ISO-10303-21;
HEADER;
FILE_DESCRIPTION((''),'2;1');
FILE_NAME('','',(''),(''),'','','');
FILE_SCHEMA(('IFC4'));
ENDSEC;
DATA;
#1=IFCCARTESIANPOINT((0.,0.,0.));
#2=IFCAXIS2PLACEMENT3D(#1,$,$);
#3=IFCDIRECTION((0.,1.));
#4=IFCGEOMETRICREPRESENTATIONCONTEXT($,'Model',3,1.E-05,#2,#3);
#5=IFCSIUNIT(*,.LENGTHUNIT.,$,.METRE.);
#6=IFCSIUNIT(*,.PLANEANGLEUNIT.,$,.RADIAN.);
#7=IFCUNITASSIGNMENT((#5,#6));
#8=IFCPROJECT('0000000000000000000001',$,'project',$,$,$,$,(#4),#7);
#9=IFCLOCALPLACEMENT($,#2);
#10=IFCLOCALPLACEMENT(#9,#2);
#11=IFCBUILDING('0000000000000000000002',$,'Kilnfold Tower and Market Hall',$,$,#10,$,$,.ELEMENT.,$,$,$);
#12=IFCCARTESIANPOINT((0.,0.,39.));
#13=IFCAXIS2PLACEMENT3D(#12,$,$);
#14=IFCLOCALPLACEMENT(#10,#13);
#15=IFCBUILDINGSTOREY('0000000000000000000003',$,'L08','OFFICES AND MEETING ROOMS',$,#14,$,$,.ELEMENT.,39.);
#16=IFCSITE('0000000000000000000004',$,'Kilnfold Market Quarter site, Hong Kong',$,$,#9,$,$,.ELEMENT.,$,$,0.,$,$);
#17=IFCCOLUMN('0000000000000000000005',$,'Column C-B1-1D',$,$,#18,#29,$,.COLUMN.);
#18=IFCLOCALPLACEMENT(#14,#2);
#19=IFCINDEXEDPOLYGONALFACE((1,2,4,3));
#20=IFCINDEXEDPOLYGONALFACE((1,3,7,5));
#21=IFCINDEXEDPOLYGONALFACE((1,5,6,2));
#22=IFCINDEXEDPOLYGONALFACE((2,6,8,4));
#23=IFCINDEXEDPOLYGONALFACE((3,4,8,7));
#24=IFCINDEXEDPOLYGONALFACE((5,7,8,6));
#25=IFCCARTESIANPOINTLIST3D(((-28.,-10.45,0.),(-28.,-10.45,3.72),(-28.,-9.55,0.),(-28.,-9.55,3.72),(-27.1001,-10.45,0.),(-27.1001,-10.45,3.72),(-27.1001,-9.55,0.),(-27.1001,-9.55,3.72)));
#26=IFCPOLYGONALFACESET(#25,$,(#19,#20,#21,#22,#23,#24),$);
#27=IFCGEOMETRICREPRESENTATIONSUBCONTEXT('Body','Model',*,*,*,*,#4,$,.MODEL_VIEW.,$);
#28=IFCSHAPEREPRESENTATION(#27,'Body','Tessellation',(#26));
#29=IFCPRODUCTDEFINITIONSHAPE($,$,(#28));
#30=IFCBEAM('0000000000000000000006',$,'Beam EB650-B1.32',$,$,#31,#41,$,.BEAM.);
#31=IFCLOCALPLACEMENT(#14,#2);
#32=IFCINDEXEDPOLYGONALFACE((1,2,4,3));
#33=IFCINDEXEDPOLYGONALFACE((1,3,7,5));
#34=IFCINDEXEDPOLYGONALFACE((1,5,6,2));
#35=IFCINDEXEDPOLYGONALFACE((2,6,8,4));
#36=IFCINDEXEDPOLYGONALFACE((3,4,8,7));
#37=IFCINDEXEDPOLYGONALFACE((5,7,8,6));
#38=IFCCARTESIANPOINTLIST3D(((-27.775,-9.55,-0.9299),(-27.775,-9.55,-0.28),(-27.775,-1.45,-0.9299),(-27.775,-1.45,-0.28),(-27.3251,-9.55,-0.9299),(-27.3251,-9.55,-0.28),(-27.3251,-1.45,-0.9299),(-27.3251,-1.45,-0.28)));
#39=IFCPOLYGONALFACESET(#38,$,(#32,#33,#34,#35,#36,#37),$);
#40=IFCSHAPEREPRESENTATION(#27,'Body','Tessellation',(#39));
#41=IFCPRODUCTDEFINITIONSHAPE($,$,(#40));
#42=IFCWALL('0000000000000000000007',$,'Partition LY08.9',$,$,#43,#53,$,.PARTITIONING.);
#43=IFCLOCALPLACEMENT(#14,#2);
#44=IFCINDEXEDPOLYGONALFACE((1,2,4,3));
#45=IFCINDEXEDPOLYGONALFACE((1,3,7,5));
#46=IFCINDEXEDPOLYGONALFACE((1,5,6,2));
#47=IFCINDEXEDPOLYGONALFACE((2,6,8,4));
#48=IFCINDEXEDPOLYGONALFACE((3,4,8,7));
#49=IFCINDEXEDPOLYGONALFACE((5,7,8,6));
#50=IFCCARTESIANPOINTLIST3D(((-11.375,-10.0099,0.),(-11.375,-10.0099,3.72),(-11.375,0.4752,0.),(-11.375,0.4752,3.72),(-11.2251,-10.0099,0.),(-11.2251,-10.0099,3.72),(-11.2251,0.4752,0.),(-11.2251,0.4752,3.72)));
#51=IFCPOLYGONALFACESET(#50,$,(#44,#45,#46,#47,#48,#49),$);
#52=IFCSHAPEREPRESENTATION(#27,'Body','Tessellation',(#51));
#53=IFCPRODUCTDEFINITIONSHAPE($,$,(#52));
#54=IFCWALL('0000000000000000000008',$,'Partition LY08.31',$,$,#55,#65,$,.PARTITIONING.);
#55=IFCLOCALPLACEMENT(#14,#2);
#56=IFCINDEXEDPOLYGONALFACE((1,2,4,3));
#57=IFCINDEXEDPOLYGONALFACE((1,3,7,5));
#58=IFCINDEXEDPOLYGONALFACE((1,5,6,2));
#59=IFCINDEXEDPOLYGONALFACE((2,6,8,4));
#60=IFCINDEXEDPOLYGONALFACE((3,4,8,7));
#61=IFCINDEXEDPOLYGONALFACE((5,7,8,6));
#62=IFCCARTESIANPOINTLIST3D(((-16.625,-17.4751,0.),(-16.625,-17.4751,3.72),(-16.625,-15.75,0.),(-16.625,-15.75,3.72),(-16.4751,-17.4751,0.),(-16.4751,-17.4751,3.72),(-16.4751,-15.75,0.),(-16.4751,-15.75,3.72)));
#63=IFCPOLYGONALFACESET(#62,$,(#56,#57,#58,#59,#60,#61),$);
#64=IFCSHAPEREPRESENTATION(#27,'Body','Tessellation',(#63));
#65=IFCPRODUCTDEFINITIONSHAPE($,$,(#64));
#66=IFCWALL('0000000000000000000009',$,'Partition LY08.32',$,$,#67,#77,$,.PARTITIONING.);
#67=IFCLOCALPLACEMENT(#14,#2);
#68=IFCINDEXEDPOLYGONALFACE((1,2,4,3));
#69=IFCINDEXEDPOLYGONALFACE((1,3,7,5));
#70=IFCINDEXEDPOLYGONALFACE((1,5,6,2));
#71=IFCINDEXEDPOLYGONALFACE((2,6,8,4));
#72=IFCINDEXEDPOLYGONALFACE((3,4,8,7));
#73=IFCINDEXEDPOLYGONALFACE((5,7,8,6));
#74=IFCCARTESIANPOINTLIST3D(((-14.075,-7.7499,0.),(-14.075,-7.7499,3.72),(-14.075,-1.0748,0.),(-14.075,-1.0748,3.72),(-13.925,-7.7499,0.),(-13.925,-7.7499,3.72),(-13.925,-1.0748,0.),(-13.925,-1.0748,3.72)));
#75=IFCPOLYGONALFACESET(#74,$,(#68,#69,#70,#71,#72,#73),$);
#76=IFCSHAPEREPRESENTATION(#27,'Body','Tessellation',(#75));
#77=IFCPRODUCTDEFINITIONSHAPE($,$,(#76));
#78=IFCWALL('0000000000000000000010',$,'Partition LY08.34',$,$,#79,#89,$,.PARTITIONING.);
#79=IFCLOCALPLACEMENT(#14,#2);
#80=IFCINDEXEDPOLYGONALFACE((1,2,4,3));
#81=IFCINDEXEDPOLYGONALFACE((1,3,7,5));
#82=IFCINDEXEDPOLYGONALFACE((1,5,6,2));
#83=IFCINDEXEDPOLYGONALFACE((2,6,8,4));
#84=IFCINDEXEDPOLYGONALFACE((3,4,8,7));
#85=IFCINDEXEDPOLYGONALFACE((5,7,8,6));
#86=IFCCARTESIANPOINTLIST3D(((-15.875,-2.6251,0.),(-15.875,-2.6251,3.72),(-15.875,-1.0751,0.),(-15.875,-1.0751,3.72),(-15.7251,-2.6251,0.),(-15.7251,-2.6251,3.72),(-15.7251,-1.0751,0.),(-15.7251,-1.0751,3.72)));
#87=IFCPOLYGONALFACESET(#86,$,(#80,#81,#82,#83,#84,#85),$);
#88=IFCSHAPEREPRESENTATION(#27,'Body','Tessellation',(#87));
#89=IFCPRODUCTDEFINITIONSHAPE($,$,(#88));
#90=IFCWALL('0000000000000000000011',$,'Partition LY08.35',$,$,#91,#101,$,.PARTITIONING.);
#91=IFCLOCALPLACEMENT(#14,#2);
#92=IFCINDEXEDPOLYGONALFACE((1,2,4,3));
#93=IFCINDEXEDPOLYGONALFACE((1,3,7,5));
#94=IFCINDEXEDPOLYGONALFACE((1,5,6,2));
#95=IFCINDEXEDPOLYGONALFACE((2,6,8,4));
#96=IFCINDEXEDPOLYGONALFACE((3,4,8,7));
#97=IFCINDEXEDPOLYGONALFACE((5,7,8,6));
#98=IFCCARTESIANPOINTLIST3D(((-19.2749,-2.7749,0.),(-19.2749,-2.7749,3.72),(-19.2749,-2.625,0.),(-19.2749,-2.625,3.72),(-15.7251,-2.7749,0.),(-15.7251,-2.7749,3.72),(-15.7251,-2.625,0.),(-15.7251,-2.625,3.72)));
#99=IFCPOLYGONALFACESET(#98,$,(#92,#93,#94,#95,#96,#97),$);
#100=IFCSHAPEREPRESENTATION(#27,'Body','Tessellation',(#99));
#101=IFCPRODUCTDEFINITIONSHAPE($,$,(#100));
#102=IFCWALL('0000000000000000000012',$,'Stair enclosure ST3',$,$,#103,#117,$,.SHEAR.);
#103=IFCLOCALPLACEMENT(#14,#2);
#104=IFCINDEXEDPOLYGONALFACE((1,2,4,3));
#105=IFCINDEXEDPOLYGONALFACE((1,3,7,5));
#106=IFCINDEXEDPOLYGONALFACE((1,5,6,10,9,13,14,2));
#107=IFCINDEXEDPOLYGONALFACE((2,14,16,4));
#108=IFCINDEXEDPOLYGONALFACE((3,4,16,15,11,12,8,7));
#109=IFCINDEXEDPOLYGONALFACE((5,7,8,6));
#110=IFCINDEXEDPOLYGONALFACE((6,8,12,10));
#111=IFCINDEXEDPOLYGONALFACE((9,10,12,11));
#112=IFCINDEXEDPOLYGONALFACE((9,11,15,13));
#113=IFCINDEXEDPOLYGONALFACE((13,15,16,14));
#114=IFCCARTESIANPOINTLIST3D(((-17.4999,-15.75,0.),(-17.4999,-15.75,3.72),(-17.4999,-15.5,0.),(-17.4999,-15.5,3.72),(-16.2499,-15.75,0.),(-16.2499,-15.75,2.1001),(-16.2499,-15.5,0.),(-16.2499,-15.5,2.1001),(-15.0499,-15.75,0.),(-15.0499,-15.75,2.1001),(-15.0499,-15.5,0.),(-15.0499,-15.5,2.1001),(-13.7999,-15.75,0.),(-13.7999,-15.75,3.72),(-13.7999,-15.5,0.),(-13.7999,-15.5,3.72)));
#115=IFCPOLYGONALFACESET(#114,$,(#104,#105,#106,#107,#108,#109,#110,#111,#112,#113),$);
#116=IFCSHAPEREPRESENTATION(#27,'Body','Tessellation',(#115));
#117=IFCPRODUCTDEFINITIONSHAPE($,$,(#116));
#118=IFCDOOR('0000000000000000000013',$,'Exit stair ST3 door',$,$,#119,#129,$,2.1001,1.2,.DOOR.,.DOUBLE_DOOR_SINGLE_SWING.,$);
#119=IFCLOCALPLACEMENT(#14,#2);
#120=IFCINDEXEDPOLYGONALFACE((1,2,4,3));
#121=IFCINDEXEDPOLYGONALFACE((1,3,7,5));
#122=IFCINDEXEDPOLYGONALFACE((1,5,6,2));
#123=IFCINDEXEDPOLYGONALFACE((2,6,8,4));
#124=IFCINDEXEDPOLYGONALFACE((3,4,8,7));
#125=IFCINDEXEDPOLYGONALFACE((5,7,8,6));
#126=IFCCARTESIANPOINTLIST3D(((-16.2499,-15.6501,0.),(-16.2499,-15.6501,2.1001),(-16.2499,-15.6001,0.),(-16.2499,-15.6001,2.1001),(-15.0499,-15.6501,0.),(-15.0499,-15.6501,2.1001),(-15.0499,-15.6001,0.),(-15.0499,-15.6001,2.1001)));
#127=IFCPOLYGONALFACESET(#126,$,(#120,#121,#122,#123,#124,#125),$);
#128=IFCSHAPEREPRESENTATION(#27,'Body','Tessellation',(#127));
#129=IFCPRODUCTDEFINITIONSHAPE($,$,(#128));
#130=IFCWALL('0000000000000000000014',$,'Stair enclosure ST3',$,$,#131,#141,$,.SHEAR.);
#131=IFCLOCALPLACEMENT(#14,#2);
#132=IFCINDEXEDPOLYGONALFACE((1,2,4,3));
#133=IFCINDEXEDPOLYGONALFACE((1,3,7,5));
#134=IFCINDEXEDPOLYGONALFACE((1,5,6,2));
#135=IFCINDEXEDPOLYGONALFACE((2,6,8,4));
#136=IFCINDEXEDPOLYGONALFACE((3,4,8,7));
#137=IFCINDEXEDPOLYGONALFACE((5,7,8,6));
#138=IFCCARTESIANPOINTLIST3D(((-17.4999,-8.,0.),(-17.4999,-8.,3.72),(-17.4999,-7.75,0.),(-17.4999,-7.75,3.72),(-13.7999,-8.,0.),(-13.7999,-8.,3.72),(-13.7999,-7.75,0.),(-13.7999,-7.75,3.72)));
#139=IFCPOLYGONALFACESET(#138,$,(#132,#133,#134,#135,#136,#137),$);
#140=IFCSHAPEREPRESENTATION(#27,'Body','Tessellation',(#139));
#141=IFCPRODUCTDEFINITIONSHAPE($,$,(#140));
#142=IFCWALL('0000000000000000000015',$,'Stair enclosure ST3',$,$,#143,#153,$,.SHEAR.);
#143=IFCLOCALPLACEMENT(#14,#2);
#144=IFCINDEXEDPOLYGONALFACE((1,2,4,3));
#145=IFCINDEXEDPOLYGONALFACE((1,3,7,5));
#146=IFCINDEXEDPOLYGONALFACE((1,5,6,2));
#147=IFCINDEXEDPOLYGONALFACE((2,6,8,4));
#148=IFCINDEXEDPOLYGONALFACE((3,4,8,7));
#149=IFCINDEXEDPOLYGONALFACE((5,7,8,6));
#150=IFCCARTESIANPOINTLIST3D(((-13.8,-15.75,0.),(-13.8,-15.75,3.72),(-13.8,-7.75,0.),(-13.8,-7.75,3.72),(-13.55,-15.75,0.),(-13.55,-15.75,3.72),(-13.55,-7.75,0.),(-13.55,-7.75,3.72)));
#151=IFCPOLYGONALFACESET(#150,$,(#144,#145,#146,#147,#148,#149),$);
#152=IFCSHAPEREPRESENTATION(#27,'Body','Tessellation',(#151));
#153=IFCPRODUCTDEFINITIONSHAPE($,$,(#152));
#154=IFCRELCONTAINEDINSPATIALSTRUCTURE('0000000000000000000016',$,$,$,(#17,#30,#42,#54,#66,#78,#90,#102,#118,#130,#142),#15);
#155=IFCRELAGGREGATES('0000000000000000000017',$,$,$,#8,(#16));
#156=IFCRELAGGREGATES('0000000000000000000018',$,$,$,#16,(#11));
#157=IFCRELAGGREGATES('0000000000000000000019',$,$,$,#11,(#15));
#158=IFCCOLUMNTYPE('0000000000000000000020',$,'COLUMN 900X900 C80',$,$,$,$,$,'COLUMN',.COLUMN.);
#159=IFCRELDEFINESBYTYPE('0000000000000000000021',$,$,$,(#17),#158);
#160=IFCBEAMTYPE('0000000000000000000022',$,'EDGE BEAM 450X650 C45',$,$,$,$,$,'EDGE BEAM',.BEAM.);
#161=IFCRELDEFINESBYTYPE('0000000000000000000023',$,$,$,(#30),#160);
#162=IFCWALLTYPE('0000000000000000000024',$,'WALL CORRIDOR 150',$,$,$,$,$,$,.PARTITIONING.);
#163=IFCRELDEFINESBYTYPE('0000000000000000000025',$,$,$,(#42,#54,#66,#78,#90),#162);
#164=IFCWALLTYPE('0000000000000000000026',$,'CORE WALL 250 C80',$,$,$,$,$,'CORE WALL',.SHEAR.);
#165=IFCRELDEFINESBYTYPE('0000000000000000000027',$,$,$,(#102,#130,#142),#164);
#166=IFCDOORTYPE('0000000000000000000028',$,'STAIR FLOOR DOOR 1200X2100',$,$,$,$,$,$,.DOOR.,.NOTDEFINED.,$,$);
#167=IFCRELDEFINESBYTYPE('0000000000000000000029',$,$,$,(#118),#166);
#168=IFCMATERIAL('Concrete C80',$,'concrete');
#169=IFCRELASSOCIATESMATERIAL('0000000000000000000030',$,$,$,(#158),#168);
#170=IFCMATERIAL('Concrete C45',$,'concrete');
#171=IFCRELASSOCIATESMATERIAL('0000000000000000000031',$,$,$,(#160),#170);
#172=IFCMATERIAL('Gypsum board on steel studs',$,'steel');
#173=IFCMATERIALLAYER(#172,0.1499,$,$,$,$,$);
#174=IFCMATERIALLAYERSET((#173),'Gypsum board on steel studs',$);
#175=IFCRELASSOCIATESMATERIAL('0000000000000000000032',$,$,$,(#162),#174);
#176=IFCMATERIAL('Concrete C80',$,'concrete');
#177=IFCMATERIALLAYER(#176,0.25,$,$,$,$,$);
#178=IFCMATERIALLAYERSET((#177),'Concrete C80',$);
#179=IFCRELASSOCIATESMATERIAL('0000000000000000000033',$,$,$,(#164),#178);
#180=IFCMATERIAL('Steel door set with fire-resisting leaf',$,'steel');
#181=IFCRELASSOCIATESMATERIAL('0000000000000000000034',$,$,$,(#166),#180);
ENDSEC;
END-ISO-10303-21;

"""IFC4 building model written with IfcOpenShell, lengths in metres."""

from ifc_helpers import new_model, si_unit, direction, frame, frame_2d, origin, origin_2d, place, context, subcontext, project, spatial, rectangle, extrude, source, transform, mapped, material, layer, layer_set, material_profile, profile_set, type_object, element, fill, save


model = new_model("IFC4")

# Units and contexts
model_context = context("Model", 3, precision=1e-05, world=origin(), true_north=direction((0.0, 1.0)))
body_context = subcontext(model_context, "Body", "Model", "MODEL_VIEW")
ifc_project = project(units=[si_unit("LENGTHUNIT", "METRE"), si_unit("PLANEANGLEUNIT", "RADIAN")], contexts=[model_context])

# Site, building, storey
site_placement = place(None, origin())
site = spatial("IfcSite", under=ifc_project, at=site_placement, Name="Kilnfold Market Quarter site, Hong Kong", CompositionType="ELEMENT", RefElevation=0.0)
building_placement = place(site_placement, origin())
building = spatial("IfcBuilding", under=site, at=building_placement, Name="Kilnfold Tower and Market Hall", CompositionType="ELEMENT")
storey_placement = place(building_placement, frame((0.0, 0.0, 39.0)))
storey = spatial("IfcBuildingStorey", under=building, at=storey_placement, Name="L08", Description="OFFICES AND MEETING ROOMS", CompositionType="ELEMENT", Elevation=39.0)

# Column
ifc_material_1 = material(Name="Concrete C80", Category="concrete")
ifc_material_profile_1 = material_profile(ifc_material_1, rectangle(XDim=0.8999, YDim=0.8999, at=origin_2d()), Name="RC 900x900")
ifc_profile_set_1 = profile_set([ifc_material_profile_1], Name="Concrete C80")
column_type = type_object("IfcColumnType", Name="COLUMN 900X900 C80", ElementType="COLUMN", PredefinedType="COLUMN", material=ifc_profile_set_1)
shared_shape_1 = source(origin(), body_context, "Body", "SweptSolid", [
    extrude(rectangle(XDim=0.8999, YDim=0.8999, at=origin_2d()), origin(), (0.0, 0.0, 1.0), 3.72),
])
column_placement = place(storey_placement, frame((-27.55, -10.0, 0.0), z_axis=(0.0, 0.0, 1.0), x_axis=(1.0, 0.0, 0.0)))
element("IfcColumn", 1, at=column_placement, inside=storey, type_object=column_type, Name="Column C-B1-1D", PredefinedType="COLUMN", context=body_context, shape_type="MappedRepresentation", body=[
    mapped(shared_shape_1, transform((0.0, 0.0, 0.0))),
])

# Beam
ifc_material_2 = material(Name="Concrete C45", Category="concrete")
ifc_material_profile_2 = material_profile(ifc_material_2, rectangle(XDim=0.45, YDim=0.6499, at=origin_2d()), Name="RC 450x650")
ifc_profile_set_2 = profile_set([ifc_material_profile_2], Name="Concrete C45")
beam_type = type_object("IfcBeamType", Name="EDGE BEAM 450X650 C45", ElementType="EDGE BEAM", PredefinedType="BEAM", material=ifc_profile_set_2)
shared_shape_2 = source(origin(), body_context, "Body", "SweptSolid", [
    extrude(rectangle(XDim=0.45, YDim=0.6499, at=origin_2d()), origin(), (0.0, 0.0, 1.0), 8.1001),
])
beam_placement = place(storey_placement, frame((-27.55, -9.55, -0.605), z_axis=(0.0, 1.0, 0.0), x_axis=(-1.0, 0.0, 0.0)))
element("IfcBeam", 2, at=beam_placement, inside=storey, type_object=beam_type, Name="Beam EB650-B1.32", PredefinedType="BEAM", context=body_context, shape_type="MappedRepresentation", body=[
    mapped(shared_shape_2, transform((0.0, 0.0, 0.0))),
])

# Walls
ifc_material_3 = material(Name="Gypsum board on steel studs", Category="steel")
ifc_layer_1 = layer(ifc_material_3, 0.1499)
ifc_layer_set_1 = layer_set([ifc_layer_1], Name="Gypsum board on steel studs")
wall_type_1 = type_object("IfcWallType", Name="WALL CORRIDOR 150", PredefinedType="PARTITIONING", material=ifc_layer_set_1)
wall_1_placement = place(storey_placement, frame((-11.3, -10.01, 0.0), z_axis=(0.0, 0.0, 1.0), x_axis=(0.0, 1.0, 0.0)))
element("IfcWall", 3, at=wall_1_placement, inside=storey, type_object=wall_type_1, Name="Partition LY08.9", PredefinedType="PARTITIONING", context=body_context, shape_type="SweptSolid", body=[
    extrude(rectangle(XDim=10.4851, YDim=0.1499, at=frame_2d((5.2427, 0.0))), origin(), (0.0, 0.0, 1.0), 3.72),
])
wall_2_placement = place(storey_placement, frame((-16.55, -15.75, 0.0), z_axis=(0.0, 0.0, 1.0), x_axis=(0.0, -1.0, 0.0)))
element("IfcWall", 4, at=wall_2_placement, inside=storey, type_object=wall_type_1, Name="Partition LY08.31", PredefinedType="PARTITIONING", context=body_context, shape_type="SweptSolid", body=[
    extrude(rectangle(XDim=1.7251, YDim=0.1499, at=frame_2d((0.8625, 0.0))), origin(), (0.0, 0.0, 1.0), 3.72),
])
wall_3_placement = place(storey_placement, frame((-14.0, -1.075, 0.0), z_axis=(0.0, 0.0, 1.0), x_axis=(0.0, -1.0, 0.0)))
element("IfcWall", 5, at=wall_3_placement, inside=storey, type_object=wall_type_1, Name="Partition LY08.32", PredefinedType="PARTITIONING", context=body_context, shape_type="SweptSolid", body=[
    extrude(rectangle(XDim=6.675, YDim=0.1499, at=frame_2d((3.3374, 0.0))), origin(), (0.0, 0.0, 1.0), 3.72),
])
wall_4_placement = place(storey_placement, frame((-15.8, -2.625, 0.0), z_axis=(0.0, 0.0, 1.0), x_axis=(0.0, 1.0, 0.0)))
element("IfcWall", 6, at=wall_4_placement, inside=storey, type_object=wall_type_1, Name="Partition LY08.34", PredefinedType="PARTITIONING", context=body_context, shape_type="SweptSolid", body=[
    extrude(rectangle(XDim=1.55, YDim=0.1499, at=frame_2d((0.7749, 0.0))), origin(), (0.0, 0.0, 1.0), 3.72),
])
wall_5_placement = place(storey_placement, frame((-19.2749, -2.7, 0.0), z_axis=(0.0, 0.0, 1.0), x_axis=(1.0, 0.0, 0.0)))
element("IfcWall", 7, at=wall_5_placement, inside=storey, type_object=wall_type_1, Name="Partition LY08.35", PredefinedType="PARTITIONING", context=body_context, shape_type="SweptSolid", body=[
    extrude(rectangle(XDim=3.5498, YDim=0.1499, at=frame_2d((1.7749, 0.0))), origin(), (0.0, 0.0, 1.0), 3.72),
])

# Wall, opening, door
ifc_material_4 = material(Name="Concrete C80", Category="concrete")
ifc_layer_2 = layer(ifc_material_4, 0.25)
ifc_layer_set_2 = layer_set([ifc_layer_2], Name="Concrete C80")
wall_type_2 = type_object("IfcWallType", Name="CORE WALL 250 C80", ElementType="CORE WALL", PredefinedType="SHEAR", material=ifc_layer_set_2)
shared_shape_3 = source(origin(), body_context, "Body", "SweptSolid", [
    extrude(rectangle(XDim=3.7, YDim=0.25, at=frame_2d((1.8501, 0.0))), origin(), (0.0, 0.0, 1.0), 3.72),
])
wall_6_placement = place(storey_placement, frame((-17.5, -15.625, 0.0), z_axis=(0.0, 0.0, 1.0), x_axis=(1.0, 0.0, 0.0)))
wall_6 = element("IfcWall", 8, at=wall_6_placement, inside=storey, type_object=wall_type_2, Name="Stair enclosure ST3", PredefinedType="SHEAR", context=body_context, shape_type="MappedRepresentation", body=[
    mapped(shared_shape_3, transform((0.0, 0.0, 0.0))),
])
opening_1_placement = place(wall_6_placement, frame((1.25, 0.0, 0.0)))
opening_1 = element("IfcOpeningElement", 9, at=opening_1_placement, cuts=wall_6, PredefinedType="OPENING", context=body_context, shape_type="SweptSolid", body=[
    extrude(rectangle(XDim=1.2, YDim=2.1001, at=frame_2d((0.6001, 1.05))), frame((0.0, 0.135, 0.0), z_axis=(0.0, -1.0, 0.0), x_axis=(1.0, 0.0, 0.0)), (0.0, 0.0, 1.0), 0.27),
])
ifc_material_5 = material(Name="Steel door set with fire-resisting leaf", Category="steel")
door_type = type_object("IfcDoorType", Name="STAIR FLOOR DOOR 1200X2100", OperationType="NOTDEFINED", PredefinedType="DOOR", material=ifc_material_5)
door_placement = place(opening_1_placement, origin())
door = element("IfcDoor", 10, at=door_placement, inside=storey, type_object=door_type, Name="Exit stair ST3 door", OperationType="DOUBLE_DOOR_SINGLE_SWING", OverallHeight=2.1001, OverallWidth=1.2, PredefinedType="DOOR", context=body_context, shape_type="SweptSolid", body=[
    extrude(rectangle(XDim=1.2, YDim=2.1001, at=frame_2d((0.6001, 1.05))), frame((0.0, 0.0249, 0.0), z_axis=(0.0, -1.0, 0.0), x_axis=(1.0, 0.0, 0.0)), (0.0, 0.0, 1.0), 0.05),
])
fill(opening_1, door)

# Walls
wall_7_placement = place(storey_placement, frame((-17.5, -7.875, 0.0), z_axis=(0.0, 0.0, 1.0), x_axis=(1.0, 0.0, 0.0)))
element("IfcWall", 11, at=wall_7_placement, inside=storey, type_object=wall_type_2, Name="Stair enclosure ST3", PredefinedType="SHEAR", context=body_context, shape_type="MappedRepresentation", body=[
    mapped(shared_shape_3, transform((0.0, 0.0, 0.0))),
])
shared_shape_4 = source(origin(), body_context, "Body", "SweptSolid", [
    extrude(rectangle(XDim=8.0, YDim=0.25, at=frame_2d((4.0, 0.0))), origin(), (0.0, 0.0, 1.0), 3.72),
])
wall_8_placement = place(storey_placement, frame((-13.675, -15.75, 0.0), z_axis=(0.0, 0.0, 1.0), x_axis=(0.0, 1.0, 0.0)))
element("IfcWall", 12, at=wall_8_placement, inside=storey, type_object=wall_type_2, Name="Stair enclosure ST3", PredefinedType="SHEAR", context=body_context, shape_type="MappedRepresentation", body=[
    mapped(shared_shape_4, transform((0.0, 0.0, 0.0))),
])

save(model, "model.ifc")
